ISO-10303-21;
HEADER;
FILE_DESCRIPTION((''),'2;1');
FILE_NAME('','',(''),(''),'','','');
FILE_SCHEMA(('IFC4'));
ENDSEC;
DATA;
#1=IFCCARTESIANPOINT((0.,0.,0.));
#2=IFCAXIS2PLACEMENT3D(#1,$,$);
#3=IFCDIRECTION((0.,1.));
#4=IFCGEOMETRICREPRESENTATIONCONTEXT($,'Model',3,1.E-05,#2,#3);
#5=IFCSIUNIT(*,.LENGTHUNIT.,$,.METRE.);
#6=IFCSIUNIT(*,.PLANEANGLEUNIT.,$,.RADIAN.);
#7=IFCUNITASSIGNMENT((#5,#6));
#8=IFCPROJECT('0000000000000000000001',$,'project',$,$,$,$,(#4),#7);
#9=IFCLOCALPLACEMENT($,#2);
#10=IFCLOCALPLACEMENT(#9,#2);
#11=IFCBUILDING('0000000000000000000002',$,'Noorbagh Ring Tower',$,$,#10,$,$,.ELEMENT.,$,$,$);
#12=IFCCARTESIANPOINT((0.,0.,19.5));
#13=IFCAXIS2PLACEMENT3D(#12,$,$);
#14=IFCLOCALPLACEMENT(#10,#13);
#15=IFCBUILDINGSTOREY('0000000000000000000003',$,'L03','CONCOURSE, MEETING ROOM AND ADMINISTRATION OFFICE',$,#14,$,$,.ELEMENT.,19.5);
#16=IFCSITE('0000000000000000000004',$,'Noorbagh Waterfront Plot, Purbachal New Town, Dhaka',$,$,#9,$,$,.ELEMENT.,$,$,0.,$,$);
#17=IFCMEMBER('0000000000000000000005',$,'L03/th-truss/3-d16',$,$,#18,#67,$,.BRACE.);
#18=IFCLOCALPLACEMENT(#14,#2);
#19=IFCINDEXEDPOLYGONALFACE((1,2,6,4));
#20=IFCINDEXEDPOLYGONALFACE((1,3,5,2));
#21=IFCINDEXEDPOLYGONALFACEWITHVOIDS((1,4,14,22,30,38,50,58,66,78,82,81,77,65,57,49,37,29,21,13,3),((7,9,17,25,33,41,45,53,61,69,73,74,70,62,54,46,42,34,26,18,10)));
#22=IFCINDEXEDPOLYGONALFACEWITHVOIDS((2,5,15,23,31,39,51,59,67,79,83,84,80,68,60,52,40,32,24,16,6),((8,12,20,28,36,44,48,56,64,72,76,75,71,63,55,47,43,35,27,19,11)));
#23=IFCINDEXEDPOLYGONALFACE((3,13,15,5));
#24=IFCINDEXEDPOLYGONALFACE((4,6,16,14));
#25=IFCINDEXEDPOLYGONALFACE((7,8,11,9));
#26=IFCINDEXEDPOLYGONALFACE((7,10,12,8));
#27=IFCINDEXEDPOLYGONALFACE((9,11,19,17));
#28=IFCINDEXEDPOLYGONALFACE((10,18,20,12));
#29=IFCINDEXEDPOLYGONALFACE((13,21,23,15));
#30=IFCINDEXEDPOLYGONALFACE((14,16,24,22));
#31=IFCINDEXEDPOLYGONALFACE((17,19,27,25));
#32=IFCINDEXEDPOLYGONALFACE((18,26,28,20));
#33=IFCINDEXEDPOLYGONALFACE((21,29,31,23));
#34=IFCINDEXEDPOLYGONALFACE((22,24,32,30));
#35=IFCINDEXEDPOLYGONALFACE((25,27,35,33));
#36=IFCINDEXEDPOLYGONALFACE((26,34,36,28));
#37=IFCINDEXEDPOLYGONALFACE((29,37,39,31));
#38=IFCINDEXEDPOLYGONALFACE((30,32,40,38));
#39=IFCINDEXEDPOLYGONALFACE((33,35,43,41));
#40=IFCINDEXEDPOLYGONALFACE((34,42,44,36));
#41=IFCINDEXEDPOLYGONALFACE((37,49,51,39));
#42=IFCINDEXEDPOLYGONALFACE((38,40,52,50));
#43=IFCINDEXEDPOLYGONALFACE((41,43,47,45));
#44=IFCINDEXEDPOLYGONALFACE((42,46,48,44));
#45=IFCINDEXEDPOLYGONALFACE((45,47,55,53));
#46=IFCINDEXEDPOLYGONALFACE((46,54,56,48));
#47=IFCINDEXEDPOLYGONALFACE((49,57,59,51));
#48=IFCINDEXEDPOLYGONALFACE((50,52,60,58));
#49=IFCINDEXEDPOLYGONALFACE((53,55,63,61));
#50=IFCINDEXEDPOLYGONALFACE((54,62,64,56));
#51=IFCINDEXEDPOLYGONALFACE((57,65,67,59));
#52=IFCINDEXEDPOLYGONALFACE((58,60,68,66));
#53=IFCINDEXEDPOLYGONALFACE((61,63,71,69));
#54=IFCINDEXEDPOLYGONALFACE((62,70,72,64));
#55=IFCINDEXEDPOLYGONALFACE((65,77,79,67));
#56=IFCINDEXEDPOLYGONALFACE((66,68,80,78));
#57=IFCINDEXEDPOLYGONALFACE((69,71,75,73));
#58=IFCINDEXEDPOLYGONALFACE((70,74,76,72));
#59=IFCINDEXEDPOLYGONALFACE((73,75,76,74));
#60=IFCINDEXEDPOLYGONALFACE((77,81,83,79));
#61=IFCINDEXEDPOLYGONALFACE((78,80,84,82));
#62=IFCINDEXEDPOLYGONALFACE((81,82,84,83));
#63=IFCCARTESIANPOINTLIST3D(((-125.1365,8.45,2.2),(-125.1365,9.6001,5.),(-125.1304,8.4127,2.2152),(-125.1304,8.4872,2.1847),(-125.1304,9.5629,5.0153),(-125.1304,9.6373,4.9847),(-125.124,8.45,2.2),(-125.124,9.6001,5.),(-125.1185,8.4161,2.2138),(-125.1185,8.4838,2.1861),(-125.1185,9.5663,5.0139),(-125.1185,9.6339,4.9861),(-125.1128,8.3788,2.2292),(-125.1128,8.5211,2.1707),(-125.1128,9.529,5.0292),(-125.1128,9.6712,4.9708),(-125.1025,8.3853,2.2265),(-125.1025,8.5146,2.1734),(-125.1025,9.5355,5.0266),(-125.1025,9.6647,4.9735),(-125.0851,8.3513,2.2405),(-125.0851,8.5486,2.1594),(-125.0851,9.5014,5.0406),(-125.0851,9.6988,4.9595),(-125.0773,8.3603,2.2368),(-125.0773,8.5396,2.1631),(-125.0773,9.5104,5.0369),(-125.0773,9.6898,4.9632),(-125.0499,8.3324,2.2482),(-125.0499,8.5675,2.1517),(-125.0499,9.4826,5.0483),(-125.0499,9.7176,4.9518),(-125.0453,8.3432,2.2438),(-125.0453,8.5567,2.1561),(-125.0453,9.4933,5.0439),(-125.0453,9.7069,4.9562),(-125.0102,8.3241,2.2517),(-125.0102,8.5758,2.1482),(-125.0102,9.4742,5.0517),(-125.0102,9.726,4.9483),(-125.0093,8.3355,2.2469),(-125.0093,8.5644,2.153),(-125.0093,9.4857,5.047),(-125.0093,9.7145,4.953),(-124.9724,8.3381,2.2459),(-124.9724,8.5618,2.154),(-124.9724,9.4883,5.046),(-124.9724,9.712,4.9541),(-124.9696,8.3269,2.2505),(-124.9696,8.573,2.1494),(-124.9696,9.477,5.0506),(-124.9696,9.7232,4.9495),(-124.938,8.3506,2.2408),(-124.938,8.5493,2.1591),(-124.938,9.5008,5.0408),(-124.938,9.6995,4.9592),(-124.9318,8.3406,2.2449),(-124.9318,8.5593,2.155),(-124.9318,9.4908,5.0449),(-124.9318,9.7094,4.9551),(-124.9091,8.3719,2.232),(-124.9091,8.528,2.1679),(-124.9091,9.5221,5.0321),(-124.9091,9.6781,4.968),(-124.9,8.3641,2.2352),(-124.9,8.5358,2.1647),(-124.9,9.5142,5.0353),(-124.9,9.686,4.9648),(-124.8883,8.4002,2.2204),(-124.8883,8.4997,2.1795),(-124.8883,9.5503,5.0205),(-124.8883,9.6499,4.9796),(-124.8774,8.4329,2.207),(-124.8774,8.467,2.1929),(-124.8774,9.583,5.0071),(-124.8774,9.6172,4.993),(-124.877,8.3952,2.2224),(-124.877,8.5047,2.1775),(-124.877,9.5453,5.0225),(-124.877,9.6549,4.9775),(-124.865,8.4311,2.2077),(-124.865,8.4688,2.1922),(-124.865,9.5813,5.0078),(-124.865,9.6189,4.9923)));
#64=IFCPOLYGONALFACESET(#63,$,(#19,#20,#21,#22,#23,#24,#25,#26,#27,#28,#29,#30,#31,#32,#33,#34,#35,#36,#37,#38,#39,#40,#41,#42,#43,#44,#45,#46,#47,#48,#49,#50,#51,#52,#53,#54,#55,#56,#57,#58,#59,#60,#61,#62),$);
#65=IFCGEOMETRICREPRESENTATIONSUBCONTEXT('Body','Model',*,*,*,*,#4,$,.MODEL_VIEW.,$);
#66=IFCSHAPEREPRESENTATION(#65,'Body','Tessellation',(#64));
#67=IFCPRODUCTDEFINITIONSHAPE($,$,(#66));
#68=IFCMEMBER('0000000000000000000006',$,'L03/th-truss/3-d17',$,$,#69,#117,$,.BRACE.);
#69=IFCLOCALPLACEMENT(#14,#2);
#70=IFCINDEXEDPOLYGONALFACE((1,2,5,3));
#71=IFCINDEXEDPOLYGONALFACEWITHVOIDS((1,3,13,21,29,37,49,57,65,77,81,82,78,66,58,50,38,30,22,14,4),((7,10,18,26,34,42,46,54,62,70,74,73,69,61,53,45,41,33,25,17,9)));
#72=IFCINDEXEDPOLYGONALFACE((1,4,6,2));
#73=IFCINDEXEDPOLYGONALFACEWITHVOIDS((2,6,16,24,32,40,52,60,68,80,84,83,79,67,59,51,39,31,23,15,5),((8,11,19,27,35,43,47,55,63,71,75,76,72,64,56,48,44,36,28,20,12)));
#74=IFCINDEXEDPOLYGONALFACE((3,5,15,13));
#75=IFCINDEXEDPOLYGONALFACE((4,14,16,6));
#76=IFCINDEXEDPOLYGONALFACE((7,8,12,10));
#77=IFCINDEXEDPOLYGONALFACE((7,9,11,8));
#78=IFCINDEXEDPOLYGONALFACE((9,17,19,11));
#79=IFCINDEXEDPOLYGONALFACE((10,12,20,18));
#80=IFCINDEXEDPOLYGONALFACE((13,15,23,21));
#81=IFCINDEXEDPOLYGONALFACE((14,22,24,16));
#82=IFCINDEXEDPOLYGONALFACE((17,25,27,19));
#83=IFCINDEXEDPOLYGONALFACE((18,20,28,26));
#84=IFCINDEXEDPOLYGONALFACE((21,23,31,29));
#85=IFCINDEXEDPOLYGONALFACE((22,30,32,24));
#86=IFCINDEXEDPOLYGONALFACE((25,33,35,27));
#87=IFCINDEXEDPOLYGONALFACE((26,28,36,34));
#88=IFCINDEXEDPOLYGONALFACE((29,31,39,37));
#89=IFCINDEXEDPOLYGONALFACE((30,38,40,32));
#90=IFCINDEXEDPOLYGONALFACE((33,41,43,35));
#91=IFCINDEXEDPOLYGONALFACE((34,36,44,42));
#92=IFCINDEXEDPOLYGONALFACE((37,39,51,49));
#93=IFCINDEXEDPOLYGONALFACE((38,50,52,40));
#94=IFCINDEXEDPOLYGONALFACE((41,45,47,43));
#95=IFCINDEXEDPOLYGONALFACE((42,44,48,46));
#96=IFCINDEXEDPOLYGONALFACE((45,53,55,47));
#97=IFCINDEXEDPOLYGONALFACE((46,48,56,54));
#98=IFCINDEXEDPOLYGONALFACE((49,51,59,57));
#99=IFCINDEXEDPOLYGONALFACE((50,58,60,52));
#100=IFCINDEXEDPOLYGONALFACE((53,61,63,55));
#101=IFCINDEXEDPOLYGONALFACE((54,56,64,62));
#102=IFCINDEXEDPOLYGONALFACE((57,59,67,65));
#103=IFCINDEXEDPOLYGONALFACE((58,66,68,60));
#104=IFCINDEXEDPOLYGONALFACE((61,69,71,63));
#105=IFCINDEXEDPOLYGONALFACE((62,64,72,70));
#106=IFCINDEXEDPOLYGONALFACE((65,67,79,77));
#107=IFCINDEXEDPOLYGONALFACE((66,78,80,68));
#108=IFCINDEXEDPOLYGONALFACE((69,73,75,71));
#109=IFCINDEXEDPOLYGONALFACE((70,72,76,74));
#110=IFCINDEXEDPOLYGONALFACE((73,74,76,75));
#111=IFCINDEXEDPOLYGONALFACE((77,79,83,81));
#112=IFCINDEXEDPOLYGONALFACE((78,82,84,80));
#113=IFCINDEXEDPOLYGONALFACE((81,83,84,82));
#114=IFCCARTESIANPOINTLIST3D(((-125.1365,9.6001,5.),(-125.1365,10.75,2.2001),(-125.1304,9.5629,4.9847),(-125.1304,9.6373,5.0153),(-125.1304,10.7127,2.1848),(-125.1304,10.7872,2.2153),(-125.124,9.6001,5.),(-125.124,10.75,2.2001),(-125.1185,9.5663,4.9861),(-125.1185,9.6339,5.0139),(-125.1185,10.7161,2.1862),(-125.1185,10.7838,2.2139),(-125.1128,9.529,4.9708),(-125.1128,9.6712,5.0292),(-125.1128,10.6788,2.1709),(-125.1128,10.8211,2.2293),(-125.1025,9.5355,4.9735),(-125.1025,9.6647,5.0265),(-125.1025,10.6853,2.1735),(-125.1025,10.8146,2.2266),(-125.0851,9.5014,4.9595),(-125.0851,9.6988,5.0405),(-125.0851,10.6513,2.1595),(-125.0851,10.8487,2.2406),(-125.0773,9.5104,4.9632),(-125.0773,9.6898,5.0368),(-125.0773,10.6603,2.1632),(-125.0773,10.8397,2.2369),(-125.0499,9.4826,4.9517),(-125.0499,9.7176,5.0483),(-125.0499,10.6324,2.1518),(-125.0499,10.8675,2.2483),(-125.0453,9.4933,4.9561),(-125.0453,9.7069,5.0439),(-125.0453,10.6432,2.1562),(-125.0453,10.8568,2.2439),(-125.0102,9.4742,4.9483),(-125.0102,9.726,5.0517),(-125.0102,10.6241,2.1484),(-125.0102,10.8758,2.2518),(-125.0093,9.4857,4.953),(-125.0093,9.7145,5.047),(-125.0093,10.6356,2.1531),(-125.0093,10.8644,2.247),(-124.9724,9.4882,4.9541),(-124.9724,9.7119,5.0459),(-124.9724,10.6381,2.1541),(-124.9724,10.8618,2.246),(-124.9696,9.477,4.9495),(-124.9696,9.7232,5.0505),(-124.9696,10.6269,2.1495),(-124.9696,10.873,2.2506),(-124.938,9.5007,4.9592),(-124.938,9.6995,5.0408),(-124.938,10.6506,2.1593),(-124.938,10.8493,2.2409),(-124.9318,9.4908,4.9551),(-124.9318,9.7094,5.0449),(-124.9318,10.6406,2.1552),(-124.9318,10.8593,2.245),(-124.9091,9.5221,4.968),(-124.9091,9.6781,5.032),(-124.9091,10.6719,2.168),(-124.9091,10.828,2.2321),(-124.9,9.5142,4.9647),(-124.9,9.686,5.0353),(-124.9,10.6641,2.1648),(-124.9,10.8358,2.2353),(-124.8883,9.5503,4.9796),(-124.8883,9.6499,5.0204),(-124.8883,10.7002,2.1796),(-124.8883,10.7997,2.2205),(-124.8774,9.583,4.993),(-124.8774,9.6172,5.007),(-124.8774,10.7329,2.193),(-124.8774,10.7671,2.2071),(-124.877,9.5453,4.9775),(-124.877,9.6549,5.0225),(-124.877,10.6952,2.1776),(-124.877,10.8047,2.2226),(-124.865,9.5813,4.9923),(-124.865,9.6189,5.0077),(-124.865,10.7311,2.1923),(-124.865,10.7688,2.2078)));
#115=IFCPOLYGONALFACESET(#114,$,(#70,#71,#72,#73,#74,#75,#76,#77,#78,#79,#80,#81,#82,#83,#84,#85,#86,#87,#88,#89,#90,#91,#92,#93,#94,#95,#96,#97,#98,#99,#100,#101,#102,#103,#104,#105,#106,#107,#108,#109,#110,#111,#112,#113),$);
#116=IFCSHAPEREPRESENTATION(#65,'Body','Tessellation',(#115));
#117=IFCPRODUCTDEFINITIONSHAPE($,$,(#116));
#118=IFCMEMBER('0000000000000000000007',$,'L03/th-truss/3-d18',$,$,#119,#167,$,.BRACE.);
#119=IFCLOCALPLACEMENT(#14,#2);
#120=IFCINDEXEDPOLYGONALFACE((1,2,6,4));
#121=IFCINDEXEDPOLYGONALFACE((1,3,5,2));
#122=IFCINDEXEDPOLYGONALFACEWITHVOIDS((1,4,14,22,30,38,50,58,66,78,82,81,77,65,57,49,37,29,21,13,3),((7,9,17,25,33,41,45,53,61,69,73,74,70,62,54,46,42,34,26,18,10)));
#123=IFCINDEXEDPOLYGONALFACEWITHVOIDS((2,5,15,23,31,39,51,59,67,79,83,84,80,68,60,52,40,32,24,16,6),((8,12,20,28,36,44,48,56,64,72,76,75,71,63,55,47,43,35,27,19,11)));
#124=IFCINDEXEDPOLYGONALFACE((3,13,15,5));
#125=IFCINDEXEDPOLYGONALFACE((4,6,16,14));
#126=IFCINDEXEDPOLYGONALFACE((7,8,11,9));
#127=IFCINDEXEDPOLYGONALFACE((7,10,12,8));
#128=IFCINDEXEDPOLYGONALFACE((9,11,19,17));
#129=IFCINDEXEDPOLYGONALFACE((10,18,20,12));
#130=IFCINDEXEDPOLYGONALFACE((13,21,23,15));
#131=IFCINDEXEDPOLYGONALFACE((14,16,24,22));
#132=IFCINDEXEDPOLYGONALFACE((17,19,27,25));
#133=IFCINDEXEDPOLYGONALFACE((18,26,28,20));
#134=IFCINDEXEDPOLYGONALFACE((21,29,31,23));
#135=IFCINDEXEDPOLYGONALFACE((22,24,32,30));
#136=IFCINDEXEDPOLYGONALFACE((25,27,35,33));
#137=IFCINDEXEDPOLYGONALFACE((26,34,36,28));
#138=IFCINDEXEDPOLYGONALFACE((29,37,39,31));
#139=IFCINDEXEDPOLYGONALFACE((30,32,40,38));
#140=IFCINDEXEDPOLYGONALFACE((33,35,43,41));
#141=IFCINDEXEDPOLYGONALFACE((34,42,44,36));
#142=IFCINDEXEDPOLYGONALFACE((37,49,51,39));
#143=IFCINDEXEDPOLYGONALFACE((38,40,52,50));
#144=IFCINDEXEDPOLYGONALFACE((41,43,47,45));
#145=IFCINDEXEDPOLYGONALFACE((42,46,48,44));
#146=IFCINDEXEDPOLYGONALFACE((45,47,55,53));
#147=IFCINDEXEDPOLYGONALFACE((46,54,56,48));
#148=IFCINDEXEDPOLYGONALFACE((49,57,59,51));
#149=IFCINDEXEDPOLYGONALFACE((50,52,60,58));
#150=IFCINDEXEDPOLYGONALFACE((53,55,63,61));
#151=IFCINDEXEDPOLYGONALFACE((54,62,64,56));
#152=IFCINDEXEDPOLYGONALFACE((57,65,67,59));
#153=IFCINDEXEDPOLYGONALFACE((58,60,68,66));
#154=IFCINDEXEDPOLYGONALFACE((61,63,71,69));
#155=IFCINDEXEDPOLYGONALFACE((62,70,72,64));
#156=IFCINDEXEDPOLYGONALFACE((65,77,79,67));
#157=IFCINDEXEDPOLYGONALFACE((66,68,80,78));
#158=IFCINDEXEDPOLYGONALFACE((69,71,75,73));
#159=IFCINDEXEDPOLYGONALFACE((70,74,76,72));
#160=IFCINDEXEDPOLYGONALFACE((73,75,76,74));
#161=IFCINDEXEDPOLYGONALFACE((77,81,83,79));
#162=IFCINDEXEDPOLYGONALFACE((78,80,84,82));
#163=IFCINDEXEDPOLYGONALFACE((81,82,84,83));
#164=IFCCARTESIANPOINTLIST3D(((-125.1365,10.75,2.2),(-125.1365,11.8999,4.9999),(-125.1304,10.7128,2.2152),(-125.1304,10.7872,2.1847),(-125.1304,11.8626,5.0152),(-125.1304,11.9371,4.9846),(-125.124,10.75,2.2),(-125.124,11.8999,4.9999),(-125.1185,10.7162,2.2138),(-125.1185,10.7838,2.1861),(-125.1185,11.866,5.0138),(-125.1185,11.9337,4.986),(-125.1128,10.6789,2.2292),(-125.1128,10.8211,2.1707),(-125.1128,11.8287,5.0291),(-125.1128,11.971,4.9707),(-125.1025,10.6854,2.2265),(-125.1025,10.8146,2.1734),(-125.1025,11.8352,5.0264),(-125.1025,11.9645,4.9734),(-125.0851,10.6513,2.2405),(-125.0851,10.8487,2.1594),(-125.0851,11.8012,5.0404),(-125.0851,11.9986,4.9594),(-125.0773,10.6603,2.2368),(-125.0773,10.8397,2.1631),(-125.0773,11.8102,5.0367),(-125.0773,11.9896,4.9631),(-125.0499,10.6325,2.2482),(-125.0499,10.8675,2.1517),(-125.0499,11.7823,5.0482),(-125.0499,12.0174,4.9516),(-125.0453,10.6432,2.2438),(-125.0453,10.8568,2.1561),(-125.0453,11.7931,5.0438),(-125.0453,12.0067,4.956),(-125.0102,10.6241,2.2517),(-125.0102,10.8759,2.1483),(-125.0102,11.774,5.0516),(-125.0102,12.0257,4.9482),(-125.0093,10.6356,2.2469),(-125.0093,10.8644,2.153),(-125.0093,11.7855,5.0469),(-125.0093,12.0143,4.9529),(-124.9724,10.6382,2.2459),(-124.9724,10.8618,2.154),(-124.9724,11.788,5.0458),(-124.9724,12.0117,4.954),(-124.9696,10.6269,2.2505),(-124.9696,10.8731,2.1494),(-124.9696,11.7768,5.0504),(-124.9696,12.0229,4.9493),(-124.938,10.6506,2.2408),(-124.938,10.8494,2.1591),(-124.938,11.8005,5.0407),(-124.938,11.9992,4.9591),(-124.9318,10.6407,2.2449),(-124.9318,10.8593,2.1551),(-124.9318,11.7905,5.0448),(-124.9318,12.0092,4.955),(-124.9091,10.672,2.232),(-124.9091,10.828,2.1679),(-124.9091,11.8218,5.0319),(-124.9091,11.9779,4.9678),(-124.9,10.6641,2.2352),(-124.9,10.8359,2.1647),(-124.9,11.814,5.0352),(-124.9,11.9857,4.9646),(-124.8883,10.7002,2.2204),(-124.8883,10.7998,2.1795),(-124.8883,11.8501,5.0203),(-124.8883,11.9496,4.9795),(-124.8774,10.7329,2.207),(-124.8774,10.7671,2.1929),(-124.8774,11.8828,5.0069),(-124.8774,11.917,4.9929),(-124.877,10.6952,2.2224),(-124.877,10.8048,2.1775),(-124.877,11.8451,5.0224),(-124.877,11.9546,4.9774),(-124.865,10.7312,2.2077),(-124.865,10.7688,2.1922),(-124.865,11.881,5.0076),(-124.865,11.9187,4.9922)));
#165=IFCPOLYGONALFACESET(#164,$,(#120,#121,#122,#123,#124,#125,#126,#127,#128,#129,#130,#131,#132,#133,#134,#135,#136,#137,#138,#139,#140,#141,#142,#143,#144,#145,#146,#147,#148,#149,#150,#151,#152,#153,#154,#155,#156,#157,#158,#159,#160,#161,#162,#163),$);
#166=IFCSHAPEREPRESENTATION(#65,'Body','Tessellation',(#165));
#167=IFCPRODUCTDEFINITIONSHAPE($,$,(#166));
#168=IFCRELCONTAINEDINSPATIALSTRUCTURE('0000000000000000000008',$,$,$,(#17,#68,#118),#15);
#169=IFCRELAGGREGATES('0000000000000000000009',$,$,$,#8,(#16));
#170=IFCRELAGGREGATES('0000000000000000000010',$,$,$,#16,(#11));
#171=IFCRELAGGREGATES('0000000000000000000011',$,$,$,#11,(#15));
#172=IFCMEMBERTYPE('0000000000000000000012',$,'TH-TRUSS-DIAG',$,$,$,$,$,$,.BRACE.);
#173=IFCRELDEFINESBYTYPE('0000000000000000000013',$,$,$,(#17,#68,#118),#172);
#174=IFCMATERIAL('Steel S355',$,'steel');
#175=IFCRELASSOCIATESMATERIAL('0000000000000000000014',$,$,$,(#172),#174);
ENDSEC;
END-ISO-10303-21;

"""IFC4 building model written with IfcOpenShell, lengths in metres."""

from ifc_helpers import new_model, si_unit, direction, frame, origin, origin_2d, place, context, subcontext, project, spatial, hollow_circle, extrude, material, material_profile, profile_set, type_object, element, save


model = new_model("IFC4")

# Units and contexts
model_context = context("Model", 3, precision=1e-05, world=origin(), true_north=direction((0.0, 1.0)))
body_context = subcontext(model_context, "Body", "Model", "MODEL_VIEW")
ifc_project = project(units=[si_unit("LENGTHUNIT", "METRE"), si_unit("PLANEANGLEUNIT", "RADIAN")], contexts=[model_context])

# Site, building, storey
site_placement = place(None, origin())
site = spatial("IfcSite", under=ifc_project, at=site_placement, Name="Noorbagh Waterfront Plot, Purbachal New Town, Dhaka", CompositionType="ELEMENT", RefElevation=0.0)
building_placement = place(site_placement, origin())
building = spatial("IfcBuilding", under=site, at=building_placement, Name="Noorbagh Ring Tower", CompositionType="ELEMENT")
storey_placement = place(building_placement, frame((0.0, 0.0, 19.5)))
storey = spatial("IfcBuildingStorey", under=building, at=storey_placement, Name="L03", Description="CONCOURSE, MEETING ROOM AND ADMINISTRATION OFFICE", CompositionType="ELEMENT", Elevation=19.5)

# Members
ifc_material_1 = material(Name="Steel S355", Category="steel")
ifc_material_profile = material_profile(ifc_material_1, hollow_circle(Radius=0.1365, WallThickness=0.0125, at=origin_2d()), Name="CHS273x12.5")
ifc_profile_set = profile_set([ifc_material_profile], Name="Steel S355")
member_type = type_object("IfcMemberType", Name="TH-TRUSS-DIAG", PredefinedType="BRACE", material=ifc_profile_set)
member_1_placement = place(storey_placement, frame((-125.0, 8.45, 2.2), z_axis=(0.0, 0.379955, 0.925005), x_axis=(-1.0, 0.0, 0.0)))
element("IfcMember", 1, at=member_1_placement, inside=storey, type_object=member_type, Name="L03/th-truss/3-d16", PredefinedType="BRACE", context=body_context, shape_type="SweptSolid", body=[
    extrude(hollow_circle(Radius=0.1365, WallThickness=0.0125, at=origin_2d()), origin(), (0.0, 0.0, 1.0), 3.0271),
])
for number, where, z_axis, x_axis, name in (
    (2, (-125.0, 9.6001, 5.0), (0.0, 0.379886, -0.925033), (-1.0, 0.0, 0.0), "L03/th-truss/3-d17"),
    (3, (-125.0, 10.75, 2.2), (0.0, 0.379886, 0.925033), (-1.0, 0.0, 0.0), "L03/th-truss/3-d18"),
):
    element("IfcMember", number, at=place(storey_placement, frame(where, z_axis=z_axis, x_axis=x_axis)), inside=storey, type_object=member_type, Name=name, PredefinedType="BRACE", context=body_context, shape_type="SweptSolid", body=[
        extrude(hollow_circle(Radius=0.1365, WallThickness=0.0125, at=origin_2d()), origin(), (0.0, 0.0, 1.0), 3.0269),
    ])

save(model, "model.ifc")
